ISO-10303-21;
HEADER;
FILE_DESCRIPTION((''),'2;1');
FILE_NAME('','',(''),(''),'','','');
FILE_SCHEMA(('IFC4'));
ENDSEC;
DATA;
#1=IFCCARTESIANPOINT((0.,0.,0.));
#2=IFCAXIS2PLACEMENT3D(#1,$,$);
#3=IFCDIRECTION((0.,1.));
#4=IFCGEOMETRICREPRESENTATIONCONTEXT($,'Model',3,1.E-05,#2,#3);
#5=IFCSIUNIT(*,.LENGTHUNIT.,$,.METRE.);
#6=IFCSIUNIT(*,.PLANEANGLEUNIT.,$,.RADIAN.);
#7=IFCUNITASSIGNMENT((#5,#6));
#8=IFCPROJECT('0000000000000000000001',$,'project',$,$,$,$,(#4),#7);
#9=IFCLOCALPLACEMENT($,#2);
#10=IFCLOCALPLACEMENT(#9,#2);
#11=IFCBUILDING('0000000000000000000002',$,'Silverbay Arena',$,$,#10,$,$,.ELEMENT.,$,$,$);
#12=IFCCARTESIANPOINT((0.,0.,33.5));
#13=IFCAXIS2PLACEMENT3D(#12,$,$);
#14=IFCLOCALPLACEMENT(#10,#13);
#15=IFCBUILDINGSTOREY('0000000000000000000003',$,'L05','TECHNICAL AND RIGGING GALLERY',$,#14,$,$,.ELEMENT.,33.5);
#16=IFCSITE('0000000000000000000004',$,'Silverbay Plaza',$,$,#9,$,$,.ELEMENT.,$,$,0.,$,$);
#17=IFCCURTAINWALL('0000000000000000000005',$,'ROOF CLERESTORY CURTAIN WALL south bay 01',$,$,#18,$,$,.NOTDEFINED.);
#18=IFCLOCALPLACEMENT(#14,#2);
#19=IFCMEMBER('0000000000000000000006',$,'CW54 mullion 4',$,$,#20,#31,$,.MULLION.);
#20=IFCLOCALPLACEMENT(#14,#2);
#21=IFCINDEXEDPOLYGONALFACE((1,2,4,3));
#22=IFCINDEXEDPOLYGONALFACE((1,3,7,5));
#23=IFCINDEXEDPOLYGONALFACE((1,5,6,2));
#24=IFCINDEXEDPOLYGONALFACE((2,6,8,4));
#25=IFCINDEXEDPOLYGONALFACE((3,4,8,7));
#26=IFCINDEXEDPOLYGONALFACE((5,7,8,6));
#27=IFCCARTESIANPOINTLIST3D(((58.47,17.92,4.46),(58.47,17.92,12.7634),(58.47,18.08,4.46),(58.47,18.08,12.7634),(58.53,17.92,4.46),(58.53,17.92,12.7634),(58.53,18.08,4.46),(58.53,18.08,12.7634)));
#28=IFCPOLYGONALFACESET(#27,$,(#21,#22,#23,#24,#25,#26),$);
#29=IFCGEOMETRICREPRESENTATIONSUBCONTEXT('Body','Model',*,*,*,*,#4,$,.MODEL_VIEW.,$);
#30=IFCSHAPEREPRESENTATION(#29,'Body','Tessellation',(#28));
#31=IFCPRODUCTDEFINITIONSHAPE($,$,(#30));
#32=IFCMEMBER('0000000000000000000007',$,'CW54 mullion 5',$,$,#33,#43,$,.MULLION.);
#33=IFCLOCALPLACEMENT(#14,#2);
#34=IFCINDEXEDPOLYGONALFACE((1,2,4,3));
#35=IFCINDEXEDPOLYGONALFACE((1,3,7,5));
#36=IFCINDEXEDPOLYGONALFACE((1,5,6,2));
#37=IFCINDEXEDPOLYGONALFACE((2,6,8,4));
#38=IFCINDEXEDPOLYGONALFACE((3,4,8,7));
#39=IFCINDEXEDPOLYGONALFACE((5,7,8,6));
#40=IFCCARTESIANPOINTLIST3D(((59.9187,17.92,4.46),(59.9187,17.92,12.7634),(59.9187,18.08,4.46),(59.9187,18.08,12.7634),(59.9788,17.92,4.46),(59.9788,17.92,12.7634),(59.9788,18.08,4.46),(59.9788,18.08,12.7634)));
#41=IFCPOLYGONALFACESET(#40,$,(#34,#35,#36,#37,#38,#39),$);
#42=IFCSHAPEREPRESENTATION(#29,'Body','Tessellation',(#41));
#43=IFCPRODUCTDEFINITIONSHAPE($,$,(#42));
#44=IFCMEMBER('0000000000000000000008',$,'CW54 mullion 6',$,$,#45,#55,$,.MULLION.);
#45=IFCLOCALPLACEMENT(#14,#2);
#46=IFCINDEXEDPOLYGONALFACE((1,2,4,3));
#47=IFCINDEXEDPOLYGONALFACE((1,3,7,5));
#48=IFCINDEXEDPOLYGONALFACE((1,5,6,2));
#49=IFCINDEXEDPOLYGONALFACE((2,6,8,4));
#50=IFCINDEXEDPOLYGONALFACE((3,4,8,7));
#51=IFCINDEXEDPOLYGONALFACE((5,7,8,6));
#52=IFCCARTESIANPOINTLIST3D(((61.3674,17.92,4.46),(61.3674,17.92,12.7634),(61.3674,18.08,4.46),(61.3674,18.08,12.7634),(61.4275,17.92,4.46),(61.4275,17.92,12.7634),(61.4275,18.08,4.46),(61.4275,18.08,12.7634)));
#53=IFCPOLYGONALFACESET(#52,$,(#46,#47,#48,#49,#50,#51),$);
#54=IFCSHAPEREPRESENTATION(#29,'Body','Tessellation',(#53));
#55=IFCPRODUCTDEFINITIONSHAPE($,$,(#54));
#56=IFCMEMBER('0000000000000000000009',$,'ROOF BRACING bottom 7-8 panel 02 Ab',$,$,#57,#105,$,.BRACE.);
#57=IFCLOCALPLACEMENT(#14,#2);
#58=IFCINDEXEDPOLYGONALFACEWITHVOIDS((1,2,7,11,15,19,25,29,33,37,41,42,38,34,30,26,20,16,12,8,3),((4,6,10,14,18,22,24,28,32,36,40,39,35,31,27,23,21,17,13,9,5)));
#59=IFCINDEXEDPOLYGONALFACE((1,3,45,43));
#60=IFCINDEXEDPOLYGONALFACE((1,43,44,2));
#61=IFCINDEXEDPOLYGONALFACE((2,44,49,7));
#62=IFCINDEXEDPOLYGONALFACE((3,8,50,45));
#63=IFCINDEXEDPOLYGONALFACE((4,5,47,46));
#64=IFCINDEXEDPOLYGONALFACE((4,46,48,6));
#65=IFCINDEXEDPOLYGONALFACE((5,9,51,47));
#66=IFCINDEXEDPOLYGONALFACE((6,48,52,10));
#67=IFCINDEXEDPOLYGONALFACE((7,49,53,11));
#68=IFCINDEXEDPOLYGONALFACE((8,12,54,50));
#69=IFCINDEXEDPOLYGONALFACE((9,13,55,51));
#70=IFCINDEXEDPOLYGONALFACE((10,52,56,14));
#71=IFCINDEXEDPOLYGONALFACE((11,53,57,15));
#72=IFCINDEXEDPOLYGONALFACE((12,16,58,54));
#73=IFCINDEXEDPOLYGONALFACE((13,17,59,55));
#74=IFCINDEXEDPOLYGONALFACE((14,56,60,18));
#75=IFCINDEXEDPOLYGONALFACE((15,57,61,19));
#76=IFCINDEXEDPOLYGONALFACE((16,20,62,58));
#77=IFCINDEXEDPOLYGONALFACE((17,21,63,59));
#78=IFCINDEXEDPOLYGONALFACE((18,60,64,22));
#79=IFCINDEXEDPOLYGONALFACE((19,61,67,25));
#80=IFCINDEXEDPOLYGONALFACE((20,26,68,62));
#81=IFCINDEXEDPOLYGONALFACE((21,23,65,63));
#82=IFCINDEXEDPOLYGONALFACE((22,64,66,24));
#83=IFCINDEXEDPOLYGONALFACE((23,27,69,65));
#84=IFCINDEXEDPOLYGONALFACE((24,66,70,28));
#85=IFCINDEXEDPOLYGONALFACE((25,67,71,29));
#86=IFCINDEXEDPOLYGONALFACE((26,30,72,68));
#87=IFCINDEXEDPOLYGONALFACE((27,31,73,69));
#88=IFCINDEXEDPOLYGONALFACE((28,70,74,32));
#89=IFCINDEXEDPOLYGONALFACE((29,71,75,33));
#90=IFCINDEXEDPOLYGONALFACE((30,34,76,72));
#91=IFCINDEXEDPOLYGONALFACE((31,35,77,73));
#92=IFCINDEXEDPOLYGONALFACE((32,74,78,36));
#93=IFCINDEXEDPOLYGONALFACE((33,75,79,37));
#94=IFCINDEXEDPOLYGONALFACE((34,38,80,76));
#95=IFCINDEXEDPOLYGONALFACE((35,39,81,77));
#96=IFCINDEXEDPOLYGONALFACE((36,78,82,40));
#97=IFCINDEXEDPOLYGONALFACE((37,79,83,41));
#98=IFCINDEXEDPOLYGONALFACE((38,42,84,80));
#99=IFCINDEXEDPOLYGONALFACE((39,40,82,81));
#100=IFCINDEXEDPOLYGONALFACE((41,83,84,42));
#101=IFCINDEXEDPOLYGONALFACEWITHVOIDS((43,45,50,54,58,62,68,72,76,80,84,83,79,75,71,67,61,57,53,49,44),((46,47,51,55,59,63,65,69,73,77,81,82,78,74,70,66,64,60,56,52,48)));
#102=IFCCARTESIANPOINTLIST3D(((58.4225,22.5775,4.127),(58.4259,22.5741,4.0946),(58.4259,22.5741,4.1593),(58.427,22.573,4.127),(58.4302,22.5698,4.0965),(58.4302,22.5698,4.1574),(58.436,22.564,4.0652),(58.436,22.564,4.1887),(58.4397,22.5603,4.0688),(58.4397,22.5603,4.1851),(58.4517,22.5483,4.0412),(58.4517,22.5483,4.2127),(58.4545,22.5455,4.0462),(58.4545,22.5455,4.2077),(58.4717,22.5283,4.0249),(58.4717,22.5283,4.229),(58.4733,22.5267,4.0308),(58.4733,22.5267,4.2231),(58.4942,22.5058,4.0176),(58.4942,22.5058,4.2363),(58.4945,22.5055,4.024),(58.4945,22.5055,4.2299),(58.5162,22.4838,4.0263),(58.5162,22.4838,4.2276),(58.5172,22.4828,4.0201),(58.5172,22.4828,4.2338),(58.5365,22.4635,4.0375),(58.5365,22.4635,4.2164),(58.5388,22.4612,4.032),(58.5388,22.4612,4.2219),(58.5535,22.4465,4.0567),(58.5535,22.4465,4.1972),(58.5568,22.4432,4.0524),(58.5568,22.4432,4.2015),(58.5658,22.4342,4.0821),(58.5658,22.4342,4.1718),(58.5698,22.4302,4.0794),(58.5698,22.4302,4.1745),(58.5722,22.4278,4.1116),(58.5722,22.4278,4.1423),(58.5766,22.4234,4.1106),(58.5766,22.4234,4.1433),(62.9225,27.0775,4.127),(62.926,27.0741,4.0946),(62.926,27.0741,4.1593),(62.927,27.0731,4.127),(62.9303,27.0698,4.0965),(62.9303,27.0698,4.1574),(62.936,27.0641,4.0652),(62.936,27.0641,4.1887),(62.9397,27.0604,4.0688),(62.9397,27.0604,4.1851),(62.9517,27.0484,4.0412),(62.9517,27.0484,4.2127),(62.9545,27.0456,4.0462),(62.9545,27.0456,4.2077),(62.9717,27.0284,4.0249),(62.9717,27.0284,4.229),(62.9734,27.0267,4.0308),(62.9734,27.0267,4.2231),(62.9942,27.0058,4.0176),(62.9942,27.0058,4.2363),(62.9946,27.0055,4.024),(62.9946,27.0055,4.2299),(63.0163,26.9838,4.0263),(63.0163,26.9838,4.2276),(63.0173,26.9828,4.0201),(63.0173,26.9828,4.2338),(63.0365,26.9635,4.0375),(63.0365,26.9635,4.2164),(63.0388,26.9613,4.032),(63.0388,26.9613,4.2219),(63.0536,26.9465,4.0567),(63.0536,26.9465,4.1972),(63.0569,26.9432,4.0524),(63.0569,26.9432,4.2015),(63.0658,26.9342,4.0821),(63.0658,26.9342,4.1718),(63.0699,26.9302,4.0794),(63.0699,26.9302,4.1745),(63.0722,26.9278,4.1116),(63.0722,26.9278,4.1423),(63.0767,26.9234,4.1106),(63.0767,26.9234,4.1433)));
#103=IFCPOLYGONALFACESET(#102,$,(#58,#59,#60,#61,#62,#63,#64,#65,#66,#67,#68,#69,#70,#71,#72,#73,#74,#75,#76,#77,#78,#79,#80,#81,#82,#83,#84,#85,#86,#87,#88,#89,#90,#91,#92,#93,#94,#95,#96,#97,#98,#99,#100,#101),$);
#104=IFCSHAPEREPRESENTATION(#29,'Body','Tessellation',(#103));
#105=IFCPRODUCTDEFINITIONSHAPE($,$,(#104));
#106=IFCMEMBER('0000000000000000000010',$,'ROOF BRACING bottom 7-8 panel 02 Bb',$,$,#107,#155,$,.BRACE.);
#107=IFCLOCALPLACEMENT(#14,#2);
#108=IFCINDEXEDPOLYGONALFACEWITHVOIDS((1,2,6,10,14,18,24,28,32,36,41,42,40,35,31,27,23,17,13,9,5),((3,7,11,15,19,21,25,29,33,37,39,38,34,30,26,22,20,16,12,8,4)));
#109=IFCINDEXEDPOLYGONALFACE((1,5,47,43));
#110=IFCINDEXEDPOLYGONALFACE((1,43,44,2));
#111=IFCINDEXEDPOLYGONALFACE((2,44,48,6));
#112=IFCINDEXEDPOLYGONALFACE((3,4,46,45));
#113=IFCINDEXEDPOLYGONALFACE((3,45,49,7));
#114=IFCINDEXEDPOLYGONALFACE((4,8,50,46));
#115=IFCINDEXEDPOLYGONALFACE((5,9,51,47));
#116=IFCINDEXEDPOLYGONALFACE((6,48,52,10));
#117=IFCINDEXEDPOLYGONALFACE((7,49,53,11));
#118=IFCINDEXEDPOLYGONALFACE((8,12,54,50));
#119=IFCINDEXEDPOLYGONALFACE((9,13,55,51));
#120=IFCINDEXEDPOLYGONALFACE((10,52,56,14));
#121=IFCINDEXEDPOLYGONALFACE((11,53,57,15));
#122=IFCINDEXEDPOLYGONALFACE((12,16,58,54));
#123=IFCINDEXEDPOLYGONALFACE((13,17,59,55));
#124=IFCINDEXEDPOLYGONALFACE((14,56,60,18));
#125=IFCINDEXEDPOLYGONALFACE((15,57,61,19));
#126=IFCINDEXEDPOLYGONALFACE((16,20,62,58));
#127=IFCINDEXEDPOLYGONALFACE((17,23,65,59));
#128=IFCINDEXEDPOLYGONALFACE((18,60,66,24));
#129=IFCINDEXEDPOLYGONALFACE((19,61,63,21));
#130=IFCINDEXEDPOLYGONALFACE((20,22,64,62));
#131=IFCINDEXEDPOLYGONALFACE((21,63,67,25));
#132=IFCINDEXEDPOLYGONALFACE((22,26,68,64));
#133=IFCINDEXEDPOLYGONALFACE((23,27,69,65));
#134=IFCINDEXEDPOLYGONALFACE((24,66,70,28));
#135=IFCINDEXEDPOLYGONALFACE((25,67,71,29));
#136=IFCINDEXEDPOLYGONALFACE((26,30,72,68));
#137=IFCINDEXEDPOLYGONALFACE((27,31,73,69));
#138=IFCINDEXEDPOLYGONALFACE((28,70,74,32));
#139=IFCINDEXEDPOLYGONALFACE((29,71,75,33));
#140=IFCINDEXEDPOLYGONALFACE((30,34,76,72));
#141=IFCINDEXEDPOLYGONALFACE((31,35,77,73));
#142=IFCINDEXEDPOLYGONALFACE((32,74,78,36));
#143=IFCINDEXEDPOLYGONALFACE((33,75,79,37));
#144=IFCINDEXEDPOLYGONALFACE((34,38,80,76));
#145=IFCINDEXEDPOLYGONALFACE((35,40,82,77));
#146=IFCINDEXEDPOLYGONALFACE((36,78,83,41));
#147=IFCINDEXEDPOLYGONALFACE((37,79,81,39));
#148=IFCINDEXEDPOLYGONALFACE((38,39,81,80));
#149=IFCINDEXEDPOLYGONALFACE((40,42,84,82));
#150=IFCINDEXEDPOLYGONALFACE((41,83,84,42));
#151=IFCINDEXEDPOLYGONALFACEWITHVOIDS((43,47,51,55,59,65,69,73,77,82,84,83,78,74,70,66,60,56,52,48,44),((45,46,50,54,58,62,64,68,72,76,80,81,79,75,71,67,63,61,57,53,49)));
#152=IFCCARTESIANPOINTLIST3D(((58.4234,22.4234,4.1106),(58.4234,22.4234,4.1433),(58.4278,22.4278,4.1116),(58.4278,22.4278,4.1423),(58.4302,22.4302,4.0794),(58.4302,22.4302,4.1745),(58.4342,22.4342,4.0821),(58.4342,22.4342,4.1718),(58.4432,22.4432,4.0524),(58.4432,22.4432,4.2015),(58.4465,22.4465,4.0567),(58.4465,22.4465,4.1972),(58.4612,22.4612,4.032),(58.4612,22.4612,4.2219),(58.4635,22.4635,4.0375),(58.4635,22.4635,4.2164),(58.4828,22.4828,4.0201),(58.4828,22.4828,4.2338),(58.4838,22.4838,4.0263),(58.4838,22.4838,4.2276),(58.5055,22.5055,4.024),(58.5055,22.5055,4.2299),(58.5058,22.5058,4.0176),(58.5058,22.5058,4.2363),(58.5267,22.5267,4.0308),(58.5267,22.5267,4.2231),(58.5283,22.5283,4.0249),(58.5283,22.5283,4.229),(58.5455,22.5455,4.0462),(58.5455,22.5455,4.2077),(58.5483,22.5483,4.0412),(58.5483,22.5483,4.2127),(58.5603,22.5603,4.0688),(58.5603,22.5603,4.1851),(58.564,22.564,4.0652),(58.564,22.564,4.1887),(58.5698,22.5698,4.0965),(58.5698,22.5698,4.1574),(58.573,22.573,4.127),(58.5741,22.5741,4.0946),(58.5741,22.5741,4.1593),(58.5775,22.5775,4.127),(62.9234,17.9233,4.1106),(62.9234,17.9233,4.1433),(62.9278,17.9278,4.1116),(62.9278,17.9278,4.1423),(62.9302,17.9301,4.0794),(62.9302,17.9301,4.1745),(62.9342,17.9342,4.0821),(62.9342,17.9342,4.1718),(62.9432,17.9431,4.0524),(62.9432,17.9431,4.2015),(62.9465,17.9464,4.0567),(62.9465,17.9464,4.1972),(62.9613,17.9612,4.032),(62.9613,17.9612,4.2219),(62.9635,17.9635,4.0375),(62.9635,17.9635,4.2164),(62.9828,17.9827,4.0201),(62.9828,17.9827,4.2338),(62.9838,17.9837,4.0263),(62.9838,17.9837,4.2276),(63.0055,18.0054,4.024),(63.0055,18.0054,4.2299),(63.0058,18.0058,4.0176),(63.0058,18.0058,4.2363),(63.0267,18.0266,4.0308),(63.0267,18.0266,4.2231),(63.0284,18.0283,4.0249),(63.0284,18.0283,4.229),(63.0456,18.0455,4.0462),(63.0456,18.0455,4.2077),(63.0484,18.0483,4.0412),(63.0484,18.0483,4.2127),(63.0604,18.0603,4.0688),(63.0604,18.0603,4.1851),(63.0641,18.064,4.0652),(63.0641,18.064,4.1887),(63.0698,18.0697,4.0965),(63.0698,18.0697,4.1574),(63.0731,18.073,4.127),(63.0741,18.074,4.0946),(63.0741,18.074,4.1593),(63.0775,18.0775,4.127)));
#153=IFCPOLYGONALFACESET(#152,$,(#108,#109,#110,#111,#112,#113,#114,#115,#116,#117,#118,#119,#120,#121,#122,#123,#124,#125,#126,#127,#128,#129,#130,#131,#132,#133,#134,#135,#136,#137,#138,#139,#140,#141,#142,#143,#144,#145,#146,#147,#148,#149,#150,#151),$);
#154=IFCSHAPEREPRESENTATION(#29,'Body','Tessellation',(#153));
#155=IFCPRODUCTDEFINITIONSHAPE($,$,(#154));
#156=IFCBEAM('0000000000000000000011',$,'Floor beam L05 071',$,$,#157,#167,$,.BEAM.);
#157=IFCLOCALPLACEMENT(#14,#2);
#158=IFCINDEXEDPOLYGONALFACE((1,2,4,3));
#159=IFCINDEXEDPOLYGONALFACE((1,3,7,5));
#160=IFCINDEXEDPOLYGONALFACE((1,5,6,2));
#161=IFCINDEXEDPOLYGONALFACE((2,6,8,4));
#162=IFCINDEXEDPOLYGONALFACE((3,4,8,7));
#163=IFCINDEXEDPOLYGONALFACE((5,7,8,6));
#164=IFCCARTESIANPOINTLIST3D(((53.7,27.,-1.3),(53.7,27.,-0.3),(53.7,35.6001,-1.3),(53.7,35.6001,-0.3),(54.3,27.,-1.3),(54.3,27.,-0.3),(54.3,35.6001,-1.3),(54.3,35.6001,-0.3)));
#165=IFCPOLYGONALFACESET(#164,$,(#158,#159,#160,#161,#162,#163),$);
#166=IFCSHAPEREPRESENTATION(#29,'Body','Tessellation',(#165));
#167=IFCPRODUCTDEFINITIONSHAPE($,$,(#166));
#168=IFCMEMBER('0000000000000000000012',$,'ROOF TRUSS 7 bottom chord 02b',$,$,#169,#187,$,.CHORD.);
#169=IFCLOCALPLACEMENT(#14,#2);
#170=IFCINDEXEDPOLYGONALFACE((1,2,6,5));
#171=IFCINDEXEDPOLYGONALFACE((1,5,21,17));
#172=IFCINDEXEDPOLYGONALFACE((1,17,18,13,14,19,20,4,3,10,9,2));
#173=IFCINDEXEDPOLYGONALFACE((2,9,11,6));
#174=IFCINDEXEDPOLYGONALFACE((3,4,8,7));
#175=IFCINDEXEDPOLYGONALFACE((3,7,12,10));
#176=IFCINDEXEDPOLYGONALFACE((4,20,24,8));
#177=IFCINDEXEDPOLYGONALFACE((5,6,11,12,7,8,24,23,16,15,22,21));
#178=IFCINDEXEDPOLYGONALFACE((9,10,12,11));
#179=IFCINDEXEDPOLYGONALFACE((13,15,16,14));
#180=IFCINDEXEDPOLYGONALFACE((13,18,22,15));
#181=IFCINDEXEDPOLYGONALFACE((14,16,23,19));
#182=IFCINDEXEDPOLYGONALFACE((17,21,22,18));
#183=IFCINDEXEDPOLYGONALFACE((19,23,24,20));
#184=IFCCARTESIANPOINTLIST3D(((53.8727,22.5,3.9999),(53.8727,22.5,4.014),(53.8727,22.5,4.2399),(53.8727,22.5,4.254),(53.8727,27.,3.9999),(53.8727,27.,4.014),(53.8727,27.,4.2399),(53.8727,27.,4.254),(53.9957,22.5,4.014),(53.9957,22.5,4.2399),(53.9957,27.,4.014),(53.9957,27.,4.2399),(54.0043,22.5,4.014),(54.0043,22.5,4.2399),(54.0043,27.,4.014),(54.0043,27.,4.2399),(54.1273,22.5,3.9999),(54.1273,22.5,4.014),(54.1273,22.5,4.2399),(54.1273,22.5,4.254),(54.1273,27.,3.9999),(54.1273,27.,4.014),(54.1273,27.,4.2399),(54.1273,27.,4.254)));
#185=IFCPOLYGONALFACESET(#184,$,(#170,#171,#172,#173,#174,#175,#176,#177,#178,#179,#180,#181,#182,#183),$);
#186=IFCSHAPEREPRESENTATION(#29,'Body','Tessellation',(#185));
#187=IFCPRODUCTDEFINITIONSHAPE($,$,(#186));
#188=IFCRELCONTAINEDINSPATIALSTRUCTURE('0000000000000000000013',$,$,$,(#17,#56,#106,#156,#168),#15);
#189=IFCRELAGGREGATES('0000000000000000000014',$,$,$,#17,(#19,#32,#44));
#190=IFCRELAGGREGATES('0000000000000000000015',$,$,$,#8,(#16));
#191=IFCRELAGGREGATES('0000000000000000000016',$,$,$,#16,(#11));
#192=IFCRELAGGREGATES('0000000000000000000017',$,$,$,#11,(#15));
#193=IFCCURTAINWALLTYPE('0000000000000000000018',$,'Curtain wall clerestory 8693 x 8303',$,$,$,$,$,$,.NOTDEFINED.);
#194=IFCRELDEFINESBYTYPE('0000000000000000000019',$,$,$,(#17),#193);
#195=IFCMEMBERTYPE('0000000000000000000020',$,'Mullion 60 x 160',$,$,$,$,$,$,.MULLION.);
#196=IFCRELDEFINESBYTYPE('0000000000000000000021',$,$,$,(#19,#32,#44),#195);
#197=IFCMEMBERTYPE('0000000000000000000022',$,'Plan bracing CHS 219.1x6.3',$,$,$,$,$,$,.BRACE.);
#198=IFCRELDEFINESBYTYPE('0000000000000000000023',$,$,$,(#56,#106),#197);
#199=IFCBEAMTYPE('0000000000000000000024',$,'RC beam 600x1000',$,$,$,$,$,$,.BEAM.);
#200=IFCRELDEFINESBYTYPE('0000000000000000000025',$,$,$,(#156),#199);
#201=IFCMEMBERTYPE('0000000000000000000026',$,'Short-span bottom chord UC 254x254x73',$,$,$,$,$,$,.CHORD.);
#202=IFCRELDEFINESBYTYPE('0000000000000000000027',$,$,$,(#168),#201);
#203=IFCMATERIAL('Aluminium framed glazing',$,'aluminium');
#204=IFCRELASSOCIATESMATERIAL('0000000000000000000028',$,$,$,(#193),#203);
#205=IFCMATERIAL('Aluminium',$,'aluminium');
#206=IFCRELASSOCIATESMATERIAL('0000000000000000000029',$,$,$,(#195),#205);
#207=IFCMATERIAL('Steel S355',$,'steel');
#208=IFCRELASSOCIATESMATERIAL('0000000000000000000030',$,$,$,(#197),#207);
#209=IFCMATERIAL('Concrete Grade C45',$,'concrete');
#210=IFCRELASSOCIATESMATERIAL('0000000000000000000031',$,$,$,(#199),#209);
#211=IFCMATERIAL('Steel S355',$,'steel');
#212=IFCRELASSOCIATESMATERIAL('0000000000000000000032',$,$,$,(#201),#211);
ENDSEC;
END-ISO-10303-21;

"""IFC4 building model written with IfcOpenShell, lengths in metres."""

from ifc_helpers import new_model, si_unit, direction, frame, origin, origin_2d, place, context, subcontext, project, spatial, rectangle, hollow_circle, i_section, extrude, material, material_profile, profile_set, type_object, element, aggregate, save


model = new_model("IFC4")

# Units and contexts
model_context = context("Model", 3, precision=1e-05, world=origin(), true_north=direction((0.0, 1.0)))
body_context = subcontext(model_context, "Body", "Model", "MODEL_VIEW")
ifc_project = project(units=[si_unit("LENGTHUNIT", "METRE"), si_unit("PLANEANGLEUNIT", "RADIAN")], contexts=[model_context])

# Site, building, storey
site_placement = place(None, origin())
site = spatial("IfcSite", under=ifc_project, at=site_placement, Name="Silverbay Plaza", CompositionType="ELEMENT", RefElevation=0.0)
building_placement = place(site_placement, origin())
building = spatial("IfcBuilding", under=site, at=building_placement, Name="Silverbay Arena", CompositionType="ELEMENT")
storey_placement = place(building_placement, frame((0.0, 0.0, 33.5)))
storey = spatial("IfcBuildingStorey", under=building, at=storey_placement, Name="L05", Description="TECHNICAL AND RIGGING GALLERY", CompositionType="ELEMENT", Elevation=33.5)

# Curtain wall, members
ifc_material_1 = material(Name="Aluminium framed glazing", Category="aluminium")
curtain_wall_type_1 = type_object("IfcCurtainWallType", Name="Curtain wall clerestory 8693 x 8303", PredefinedType="NOTDEFINED", material=ifc_material_1)
curtain_wall_1_placement = place(storey_placement, origin())
curtain_wall_1 = element("IfcCurtainWall", 1, at=curtain_wall_1_placement, inside=storey, type_object=curtain_wall_type_1, Name="ROOF CLERESTORY CURTAIN WALL south bay 01", PredefinedType="NOTDEFINED")
ifc_material_2 = material(Name="Aluminium", Category="aluminium")
ifc_material_profile_1 = material_profile(ifc_material_2, rectangle(XDim=0.1599, YDim=0.0601, at=origin_2d()), Name="Mullion 60 x 160")
ifc_profile_set_1 = profile_set([ifc_material_profile_1], Name="Aluminium")
member_type_1 = type_object("IfcMemberType", Name="Mullion 60 x 160", PredefinedType="MULLION", material=ifc_profile_set_1)
member_1_placement = place(storey_placement, frame((58.5, 18.0, 4.46), z_axis=(0.0, 0.0, 1.0), x_axis=(0.0, 1.0, 0.0)))
member_1 = element("IfcMember", 2, at=member_1_placement, type_object=member_type_1, Name="CW54 mullion 4", PredefinedType="MULLION", context=body_context, shape_type="SweptSolid", body=[
    extrude(rectangle(XDim=0.1599, YDim=0.0601, at=origin_2d()), origin(), (0.0, 0.0, 1.0), 8.3035),
])
member_2_placement = place(storey_placement, frame((59.9487, 18.0, 4.46), z_axis=(0.0, 0.0, 1.0), x_axis=(0.0, 1.0, 0.0)))
member_2 = element("IfcMember", 3, at=member_2_placement, type_object=member_type_1, Name="CW54 mullion 5", PredefinedType="MULLION", context=body_context, shape_type="SweptSolid", body=[
    extrude(rectangle(XDim=0.1599, YDim=0.0601, at=origin_2d()), origin(), (0.0, 0.0, 1.0), 8.3035),
])
member_3_placement = place(storey_placement, frame((61.3975, 18.0, 4.46), z_axis=(0.0, 0.0, 1.0), x_axis=(0.0, 1.0, 0.0)))
member_3 = element("IfcMember", 4, at=member_3_placement, type_object=member_type_1, Name="CW54 mullion 6", PredefinedType="MULLION", context=body_context, shape_type="SweptSolid", body=[
    extrude(rectangle(XDim=0.1599, YDim=0.0601, at=origin_2d()), origin(), (0.0, 0.0, 1.0), 8.3035),
])

# Members
ifc_material_3 = material(Name="Steel S355", Category="steel")
ifc_material_profile_2 = material_profile(ifc_material_3, hollow_circle(Radius=0.1096, WallThickness=0.0063, at=origin_2d()), Name="CHS 219.1x6.3")
ifc_profile_set_2 = profile_set([ifc_material_profile_2], Name="Steel S355")
member_type_2 = type_object("IfcMemberType", Name="Plan bracing CHS 219.1x6.3", PredefinedType="BRACE", material=ifc_profile_set_2)
for number, where, z_axis, x_axis, name in (
    (5, (58.5, 22.5, 4.127), (0.707107, 0.707107, 0.0), (-0.707107, 0.707107, 0.0), "ROOF BRACING bottom 7-8 panel 02 Ab"),
    (6, (58.5, 22.5, 4.127), (0.707107, -0.707107, 0.0), (0.707107, 0.707107, 0.0), "ROOF BRACING bottom 7-8 panel 02 Bb"),
):
    element("IfcMember", number, at=place(storey_placement, frame(where, z_axis=z_axis, x_axis=x_axis)), inside=storey, type_object=member_type_2, Name=name, PredefinedType="BRACE", context=body_context, shape_type="SweptSolid", body=[
        extrude(hollow_circle(Radius=0.1096, WallThickness=0.0063, at=origin_2d()), origin(), (0.0, 0.0, 1.0), 6.364),
    ])

# Beam
ifc_material_4 = material(Name="Concrete Grade C45", Category="concrete")
ifc_material_profile_3 = material_profile(ifc_material_4, rectangle(XDim=0.6001, YDim=1.0, at=origin_2d()), Name="RC 600x1000")
ifc_profile_set_3 = profile_set([ifc_material_profile_3], Name="Concrete Grade C45")
beam_type = type_object("IfcBeamType", Name="RC beam 600x1000", PredefinedType="BEAM", material=ifc_profile_set_3)
beam_placement = place(storey_placement, frame((54.0, 27.0, -0.8), z_axis=(0.0, 1.0, 0.0), x_axis=(-1.0, 0.0, 0.0)))
element("IfcBeam", 7, at=beam_placement, inside=storey, type_object=beam_type, Name="Floor beam L05 071", PredefinedType="BEAM", context=body_context, shape_type="SweptSolid", body=[
    extrude(rectangle(XDim=0.6001, YDim=1.0, at=origin_2d()), origin(), (0.0, 0.0, 1.0), 8.6001),
])

# Member
ifc_material_5 = material(Name="Steel S355", Category="steel")
ifc_material_profile_4 = material_profile(ifc_material_5, i_section(OverallWidth=0.2546, OverallDepth=0.2542, WebThickness=0.0085, FlangeThickness=0.0142, at=origin_2d()), Name="UC 254x254x73")
ifc_profile_set_4 = profile_set([ifc_material_profile_4], Name="Steel S355")
member_type_3 = type_object("IfcMemberType", Name="Short-span bottom chord UC 254x254x73", PredefinedType="CHORD", material=ifc_profile_set_4)
for number, where, z_axis, x_axis, name in (
    (8, (54.0, 22.5, 4.127), (0.0, 1.0, 0.0), (-1.0, 0.0, 0.0), "ROOF TRUSS 7 bottom chord 02b"),
):
    element("IfcMember", number, at=place(storey_placement, frame(where, z_axis=z_axis, x_axis=x_axis)), inside=storey, type_object=member_type_3, Name=name, PredefinedType="CHORD", context=body_context, shape_type="SweptSolid", body=[
        extrude(i_section(OverallWidth=0.2546, OverallDepth=0.2542, WebThickness=0.0085, FlangeThickness=0.0142, at=origin_2d()), origin(), (0.0, 0.0, 1.0), 4.5),
    ])

aggregate(curtain_wall_1, [member_1, member_2, member_3])

save(model, "model.ifc")
